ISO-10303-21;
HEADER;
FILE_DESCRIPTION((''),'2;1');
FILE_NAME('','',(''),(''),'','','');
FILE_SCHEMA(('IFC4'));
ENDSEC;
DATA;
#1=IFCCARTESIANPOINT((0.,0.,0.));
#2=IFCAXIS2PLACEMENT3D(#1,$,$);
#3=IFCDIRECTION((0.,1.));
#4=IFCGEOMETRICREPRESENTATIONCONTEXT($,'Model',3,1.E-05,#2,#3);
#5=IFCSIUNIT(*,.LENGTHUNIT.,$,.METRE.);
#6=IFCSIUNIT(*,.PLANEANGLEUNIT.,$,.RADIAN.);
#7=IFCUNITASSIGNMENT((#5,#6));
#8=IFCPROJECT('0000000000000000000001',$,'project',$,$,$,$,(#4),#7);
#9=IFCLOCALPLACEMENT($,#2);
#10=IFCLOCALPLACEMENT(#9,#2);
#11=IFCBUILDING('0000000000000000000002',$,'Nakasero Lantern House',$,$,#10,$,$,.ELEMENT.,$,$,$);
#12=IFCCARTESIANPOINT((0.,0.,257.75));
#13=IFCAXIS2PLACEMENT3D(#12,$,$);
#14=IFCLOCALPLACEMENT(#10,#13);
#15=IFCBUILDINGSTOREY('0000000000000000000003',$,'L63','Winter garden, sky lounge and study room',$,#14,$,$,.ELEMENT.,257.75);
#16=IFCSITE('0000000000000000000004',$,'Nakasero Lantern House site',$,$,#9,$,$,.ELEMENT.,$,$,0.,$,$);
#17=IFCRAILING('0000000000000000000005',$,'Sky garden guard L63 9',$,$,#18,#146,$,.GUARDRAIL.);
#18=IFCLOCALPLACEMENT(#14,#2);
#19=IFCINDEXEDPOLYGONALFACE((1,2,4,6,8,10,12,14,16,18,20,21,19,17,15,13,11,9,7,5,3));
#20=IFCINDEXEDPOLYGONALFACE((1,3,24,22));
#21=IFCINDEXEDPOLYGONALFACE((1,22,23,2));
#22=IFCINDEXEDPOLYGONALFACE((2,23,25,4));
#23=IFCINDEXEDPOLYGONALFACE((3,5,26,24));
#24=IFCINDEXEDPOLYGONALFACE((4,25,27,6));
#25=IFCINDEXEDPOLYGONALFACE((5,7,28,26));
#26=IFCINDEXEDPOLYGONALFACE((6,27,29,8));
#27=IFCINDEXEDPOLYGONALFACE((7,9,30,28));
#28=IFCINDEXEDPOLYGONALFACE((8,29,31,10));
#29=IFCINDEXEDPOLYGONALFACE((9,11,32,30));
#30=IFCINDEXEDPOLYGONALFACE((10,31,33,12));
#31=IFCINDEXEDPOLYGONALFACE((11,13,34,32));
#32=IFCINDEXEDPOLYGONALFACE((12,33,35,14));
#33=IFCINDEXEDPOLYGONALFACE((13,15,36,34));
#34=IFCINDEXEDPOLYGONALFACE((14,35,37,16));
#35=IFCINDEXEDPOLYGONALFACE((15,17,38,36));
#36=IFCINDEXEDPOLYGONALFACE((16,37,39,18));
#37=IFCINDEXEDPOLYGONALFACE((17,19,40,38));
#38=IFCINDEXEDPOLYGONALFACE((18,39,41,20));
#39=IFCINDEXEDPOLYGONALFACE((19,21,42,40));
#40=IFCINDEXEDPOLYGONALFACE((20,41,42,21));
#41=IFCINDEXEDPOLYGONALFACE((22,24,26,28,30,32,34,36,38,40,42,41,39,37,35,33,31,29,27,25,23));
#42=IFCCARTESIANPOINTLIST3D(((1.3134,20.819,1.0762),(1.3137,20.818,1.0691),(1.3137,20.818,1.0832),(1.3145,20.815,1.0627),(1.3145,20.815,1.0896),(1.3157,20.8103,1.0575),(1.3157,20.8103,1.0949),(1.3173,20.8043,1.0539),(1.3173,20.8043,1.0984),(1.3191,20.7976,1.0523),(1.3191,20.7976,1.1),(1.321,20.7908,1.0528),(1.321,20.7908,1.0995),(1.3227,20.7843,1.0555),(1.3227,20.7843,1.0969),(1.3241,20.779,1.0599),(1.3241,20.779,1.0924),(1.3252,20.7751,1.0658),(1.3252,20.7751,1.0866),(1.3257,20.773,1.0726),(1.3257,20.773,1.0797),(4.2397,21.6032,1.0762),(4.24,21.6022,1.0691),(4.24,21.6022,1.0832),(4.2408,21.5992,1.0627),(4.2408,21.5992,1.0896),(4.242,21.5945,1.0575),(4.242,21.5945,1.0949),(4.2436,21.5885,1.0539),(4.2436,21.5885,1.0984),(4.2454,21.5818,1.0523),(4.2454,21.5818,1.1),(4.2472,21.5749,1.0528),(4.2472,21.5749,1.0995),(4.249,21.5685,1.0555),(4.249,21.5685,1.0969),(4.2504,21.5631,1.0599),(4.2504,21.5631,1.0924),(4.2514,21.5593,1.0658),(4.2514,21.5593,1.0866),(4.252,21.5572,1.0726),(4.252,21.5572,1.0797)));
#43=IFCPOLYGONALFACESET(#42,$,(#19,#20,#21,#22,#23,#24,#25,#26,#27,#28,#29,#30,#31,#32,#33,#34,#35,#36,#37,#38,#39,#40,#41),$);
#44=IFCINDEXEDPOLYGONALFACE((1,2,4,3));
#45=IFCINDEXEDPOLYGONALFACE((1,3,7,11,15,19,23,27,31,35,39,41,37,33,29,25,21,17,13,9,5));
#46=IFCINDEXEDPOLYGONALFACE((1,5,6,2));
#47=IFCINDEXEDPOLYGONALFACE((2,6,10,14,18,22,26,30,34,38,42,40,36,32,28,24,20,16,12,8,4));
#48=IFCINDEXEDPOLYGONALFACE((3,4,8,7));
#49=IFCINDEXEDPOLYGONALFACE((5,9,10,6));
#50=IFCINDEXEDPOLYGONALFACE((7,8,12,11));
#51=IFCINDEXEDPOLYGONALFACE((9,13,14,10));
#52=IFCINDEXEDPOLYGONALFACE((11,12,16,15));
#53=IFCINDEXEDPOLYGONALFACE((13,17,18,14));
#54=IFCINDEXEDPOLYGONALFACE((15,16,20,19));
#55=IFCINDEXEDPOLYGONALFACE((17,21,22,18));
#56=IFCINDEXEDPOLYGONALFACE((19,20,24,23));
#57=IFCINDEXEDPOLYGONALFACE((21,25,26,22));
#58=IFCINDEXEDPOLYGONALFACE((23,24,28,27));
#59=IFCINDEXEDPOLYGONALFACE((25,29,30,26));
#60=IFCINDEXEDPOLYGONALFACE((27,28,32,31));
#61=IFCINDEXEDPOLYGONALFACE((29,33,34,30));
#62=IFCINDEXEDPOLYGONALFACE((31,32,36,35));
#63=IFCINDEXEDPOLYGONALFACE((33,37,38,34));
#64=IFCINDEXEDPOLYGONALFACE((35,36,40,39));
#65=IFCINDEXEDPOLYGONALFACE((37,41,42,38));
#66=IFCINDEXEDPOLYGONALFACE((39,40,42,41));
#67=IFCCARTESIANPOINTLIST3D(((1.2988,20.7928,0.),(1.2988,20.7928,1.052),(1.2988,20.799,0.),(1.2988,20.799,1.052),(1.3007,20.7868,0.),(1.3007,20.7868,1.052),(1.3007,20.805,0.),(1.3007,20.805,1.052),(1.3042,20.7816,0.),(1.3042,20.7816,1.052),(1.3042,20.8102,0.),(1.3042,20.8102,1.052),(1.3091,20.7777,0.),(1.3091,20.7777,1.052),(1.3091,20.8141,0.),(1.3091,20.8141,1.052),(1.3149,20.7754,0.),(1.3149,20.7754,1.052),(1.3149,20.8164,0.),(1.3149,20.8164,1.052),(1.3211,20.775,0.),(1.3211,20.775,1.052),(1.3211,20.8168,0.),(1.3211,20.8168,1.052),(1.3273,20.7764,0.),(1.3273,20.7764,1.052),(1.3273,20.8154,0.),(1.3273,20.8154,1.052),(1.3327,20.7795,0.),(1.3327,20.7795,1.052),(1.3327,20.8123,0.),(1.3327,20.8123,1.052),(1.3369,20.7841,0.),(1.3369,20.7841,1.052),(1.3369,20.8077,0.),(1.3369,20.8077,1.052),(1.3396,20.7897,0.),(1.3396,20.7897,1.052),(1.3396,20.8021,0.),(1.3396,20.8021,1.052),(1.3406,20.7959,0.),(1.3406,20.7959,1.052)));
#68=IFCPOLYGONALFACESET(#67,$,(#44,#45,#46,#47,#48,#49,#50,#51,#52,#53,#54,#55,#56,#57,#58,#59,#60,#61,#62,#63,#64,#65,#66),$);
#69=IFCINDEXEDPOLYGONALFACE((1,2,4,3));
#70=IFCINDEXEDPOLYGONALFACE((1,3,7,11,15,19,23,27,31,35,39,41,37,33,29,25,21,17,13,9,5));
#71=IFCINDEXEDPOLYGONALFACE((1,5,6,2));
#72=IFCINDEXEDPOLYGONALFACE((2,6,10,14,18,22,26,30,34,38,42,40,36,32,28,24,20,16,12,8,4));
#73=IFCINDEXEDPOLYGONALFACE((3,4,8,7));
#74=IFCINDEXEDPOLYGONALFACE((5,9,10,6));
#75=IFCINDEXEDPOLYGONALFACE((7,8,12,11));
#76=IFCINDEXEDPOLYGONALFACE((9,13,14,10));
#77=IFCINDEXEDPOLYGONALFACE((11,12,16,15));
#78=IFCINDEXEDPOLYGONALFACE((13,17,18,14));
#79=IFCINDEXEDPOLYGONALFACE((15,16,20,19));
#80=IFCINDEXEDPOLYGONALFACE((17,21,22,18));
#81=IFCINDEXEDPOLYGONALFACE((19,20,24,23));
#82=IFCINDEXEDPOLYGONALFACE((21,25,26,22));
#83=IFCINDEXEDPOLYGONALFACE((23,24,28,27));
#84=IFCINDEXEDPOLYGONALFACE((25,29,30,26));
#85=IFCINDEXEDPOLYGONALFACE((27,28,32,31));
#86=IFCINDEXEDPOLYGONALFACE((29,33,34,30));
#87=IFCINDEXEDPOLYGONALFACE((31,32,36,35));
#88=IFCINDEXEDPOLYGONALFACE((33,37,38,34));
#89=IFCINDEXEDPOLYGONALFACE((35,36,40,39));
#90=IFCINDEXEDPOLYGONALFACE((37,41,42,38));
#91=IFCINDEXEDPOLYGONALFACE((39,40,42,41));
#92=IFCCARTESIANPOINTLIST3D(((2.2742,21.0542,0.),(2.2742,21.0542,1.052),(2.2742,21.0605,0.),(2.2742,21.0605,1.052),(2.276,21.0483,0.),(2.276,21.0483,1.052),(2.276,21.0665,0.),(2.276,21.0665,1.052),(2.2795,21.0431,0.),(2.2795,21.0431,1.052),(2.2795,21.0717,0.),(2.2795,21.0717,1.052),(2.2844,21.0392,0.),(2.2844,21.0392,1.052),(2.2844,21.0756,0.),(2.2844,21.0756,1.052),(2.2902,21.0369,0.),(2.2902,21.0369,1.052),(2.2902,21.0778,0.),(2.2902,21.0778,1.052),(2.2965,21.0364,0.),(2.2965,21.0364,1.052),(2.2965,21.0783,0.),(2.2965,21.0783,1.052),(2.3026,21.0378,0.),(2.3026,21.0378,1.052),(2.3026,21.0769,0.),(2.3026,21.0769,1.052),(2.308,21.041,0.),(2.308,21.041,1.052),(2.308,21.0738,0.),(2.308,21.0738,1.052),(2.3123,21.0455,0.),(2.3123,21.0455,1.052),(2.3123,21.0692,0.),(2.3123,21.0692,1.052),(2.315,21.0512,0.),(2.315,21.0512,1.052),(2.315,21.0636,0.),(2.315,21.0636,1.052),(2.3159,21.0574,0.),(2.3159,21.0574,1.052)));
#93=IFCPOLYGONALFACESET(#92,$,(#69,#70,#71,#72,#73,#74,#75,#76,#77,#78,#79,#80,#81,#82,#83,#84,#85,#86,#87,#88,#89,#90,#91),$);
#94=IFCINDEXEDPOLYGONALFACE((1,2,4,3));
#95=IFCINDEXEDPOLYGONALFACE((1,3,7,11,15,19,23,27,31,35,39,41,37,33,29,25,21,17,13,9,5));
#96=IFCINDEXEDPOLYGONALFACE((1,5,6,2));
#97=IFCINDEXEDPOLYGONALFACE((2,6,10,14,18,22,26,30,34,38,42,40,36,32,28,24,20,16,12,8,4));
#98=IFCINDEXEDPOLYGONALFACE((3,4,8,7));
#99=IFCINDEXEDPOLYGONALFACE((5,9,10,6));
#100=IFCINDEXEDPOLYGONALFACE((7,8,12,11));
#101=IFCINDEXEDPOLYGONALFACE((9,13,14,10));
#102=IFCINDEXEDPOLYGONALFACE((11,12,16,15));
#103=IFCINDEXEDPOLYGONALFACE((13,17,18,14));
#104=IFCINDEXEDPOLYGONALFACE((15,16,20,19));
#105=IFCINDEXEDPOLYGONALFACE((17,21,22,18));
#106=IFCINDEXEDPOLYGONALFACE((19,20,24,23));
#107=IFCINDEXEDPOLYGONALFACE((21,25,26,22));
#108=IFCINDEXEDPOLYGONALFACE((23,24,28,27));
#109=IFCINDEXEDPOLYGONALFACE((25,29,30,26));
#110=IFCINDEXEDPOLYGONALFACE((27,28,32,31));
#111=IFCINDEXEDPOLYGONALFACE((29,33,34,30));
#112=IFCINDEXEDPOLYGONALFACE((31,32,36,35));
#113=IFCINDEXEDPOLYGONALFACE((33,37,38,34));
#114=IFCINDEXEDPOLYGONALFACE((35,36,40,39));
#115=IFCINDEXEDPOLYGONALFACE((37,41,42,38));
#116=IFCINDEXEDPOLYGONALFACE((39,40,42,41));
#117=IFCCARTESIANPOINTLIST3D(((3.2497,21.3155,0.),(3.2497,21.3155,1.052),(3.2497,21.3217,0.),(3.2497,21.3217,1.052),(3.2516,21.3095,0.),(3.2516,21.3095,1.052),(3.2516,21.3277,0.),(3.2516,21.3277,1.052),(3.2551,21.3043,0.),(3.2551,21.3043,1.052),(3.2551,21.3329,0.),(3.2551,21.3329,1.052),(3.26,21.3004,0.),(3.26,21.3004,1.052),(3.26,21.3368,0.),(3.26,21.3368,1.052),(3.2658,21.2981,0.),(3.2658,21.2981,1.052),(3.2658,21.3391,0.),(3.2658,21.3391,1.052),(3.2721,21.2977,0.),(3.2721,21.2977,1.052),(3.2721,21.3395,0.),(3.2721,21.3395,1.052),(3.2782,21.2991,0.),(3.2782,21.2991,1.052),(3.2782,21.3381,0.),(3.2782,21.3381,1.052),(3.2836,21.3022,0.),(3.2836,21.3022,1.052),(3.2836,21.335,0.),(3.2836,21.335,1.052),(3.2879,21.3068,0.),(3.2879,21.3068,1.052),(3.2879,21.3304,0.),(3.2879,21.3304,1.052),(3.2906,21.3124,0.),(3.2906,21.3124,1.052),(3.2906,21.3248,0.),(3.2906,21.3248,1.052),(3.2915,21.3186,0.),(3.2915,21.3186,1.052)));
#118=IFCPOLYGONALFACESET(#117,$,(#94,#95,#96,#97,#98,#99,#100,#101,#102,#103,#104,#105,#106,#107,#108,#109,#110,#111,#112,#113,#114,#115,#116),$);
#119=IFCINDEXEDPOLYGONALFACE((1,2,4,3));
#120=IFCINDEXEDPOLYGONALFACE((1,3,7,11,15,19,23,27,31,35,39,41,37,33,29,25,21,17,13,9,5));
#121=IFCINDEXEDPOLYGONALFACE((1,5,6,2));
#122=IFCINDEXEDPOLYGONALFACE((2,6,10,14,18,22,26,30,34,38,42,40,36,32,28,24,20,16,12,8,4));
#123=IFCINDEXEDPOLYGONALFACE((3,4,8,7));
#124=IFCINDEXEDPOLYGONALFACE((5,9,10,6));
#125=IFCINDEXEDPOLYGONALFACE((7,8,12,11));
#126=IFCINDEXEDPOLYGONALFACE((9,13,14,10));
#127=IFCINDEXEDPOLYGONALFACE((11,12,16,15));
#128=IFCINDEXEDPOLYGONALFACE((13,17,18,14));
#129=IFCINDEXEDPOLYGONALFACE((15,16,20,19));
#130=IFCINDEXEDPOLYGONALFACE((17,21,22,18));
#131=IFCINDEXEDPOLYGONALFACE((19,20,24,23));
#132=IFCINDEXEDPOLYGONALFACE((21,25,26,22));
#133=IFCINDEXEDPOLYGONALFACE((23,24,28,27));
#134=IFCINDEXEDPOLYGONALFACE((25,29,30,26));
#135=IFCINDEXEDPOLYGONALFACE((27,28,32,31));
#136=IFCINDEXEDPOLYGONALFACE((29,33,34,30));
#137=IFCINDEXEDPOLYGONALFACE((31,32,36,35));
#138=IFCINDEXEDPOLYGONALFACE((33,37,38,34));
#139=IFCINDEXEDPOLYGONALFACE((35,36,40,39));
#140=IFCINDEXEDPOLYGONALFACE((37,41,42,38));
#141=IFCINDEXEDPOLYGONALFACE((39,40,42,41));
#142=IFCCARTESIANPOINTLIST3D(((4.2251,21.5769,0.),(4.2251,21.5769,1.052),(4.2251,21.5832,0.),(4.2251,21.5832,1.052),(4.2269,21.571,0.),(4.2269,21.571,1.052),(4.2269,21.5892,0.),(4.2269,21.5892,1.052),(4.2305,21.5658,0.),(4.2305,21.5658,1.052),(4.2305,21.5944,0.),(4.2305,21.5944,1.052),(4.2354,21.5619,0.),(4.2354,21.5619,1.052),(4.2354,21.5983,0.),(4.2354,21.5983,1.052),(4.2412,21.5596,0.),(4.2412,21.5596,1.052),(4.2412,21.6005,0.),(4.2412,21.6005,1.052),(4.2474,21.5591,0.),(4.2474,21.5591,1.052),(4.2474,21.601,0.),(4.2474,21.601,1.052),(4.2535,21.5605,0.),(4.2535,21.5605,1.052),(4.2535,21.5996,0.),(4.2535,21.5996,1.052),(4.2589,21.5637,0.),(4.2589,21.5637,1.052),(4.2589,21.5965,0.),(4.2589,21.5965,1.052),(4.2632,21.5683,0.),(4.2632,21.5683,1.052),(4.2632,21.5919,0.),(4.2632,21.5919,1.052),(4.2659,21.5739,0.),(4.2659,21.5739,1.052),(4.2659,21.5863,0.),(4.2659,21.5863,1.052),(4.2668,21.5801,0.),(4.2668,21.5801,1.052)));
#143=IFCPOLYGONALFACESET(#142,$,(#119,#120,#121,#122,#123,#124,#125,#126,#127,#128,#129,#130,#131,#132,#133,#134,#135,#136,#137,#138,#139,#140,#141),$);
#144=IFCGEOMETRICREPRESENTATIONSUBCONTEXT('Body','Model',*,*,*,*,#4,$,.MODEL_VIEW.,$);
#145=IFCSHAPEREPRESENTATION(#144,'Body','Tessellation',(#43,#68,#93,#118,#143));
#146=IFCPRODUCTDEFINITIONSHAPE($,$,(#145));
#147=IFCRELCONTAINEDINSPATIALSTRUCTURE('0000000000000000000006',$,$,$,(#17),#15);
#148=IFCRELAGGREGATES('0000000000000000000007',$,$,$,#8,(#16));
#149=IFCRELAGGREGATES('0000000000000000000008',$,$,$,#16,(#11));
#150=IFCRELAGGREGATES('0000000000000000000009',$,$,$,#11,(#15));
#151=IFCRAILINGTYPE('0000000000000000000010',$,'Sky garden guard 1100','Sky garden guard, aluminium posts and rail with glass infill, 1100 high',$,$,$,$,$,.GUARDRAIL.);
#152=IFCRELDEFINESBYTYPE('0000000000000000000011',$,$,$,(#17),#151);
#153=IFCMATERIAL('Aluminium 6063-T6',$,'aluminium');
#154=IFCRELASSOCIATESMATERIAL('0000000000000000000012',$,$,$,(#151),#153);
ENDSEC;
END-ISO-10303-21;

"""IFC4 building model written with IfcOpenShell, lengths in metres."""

from ifc_helpers import new_model, si_unit, direction, frame, origin, origin_2d, place, context, subcontext, project, spatial, circle, extrude, material, type_object, element, save


model = new_model("IFC4")

# Units and contexts
model_context = context("Model", 3, precision=1e-05, world=origin(), true_north=direction((0.0, 1.0)))
body_context = subcontext(model_context, "Body", "Model", "MODEL_VIEW")
ifc_project = project(units=[si_unit("LENGTHUNIT", "METRE"), si_unit("PLANEANGLEUNIT", "RADIAN")], contexts=[model_context])

# Site, building, storey
site_placement = place(None, origin())
site = spatial("IfcSite", under=ifc_project, at=site_placement, Name="Nakasero Lantern House site", CompositionType="ELEMENT", RefElevation=0.0)
building_placement = place(site_placement, origin())
building = spatial("IfcBuilding", under=site, at=building_placement, Name="Nakasero Lantern House", CompositionType="ELEMENT")
storey_placement = place(building_placement, frame((0.0, 0.0, 257.75)))
storey = spatial("IfcBuildingStorey", under=building, at=storey_placement, Name="L63", Description="Winter garden, sky lounge and study room", CompositionType="ELEMENT", Elevation=257.75)

# Railing
ifc_material_1 = material(Name="Aluminium 6063-T6", Category="aluminium")
railing_type = type_object("IfcRailingType", Name="Sky garden guard 1100", Description="Sky garden guard, aluminium posts and rail with glass infill, 1100 high", PredefinedType="GUARDRAIL", material=ifc_material_1)
railing_1_placement = place(storey_placement, frame((1.3196, 20.7959, 0.0)))
element("IfcRailing", 1, at=railing_1_placement, inside=storey, type_object=railing_type, Name="Sky garden guard L63 9", PredefinedType="GUARDRAIL", context=body_context, shape_type="SweptSolid", body=[
    extrude(circle(Radius=0.0239, at=origin_2d()), frame((0.0, 0.0, 1.0762), z_axis=(0.965919, 0.258846, 0.0), x_axis=(-0.258846, 0.965919, 0.0)), (0.0, 0.0, 1.0), 3.0295),
    extrude(circle(Radius=0.021, at=origin_2d()), origin(), (0.0, 0.0, 1.0), 1.052),
    extrude(circle(Radius=0.021, at=origin_2d()), frame((0.9753, 0.2615, 0.0)), (0.0, 0.0, 1.0), 1.052),
    extrude(circle(Radius=0.021, at=origin_2d()), frame((1.9509, 0.5227, 0.0)), (0.0, 0.0, 1.0), 1.052),
    extrude(circle(Radius=0.021, at=origin_2d()), frame((2.9263, 0.7842, 0.0)), (0.0, 0.0, 1.0), 1.052),
])

save(model, "model.ifc")
